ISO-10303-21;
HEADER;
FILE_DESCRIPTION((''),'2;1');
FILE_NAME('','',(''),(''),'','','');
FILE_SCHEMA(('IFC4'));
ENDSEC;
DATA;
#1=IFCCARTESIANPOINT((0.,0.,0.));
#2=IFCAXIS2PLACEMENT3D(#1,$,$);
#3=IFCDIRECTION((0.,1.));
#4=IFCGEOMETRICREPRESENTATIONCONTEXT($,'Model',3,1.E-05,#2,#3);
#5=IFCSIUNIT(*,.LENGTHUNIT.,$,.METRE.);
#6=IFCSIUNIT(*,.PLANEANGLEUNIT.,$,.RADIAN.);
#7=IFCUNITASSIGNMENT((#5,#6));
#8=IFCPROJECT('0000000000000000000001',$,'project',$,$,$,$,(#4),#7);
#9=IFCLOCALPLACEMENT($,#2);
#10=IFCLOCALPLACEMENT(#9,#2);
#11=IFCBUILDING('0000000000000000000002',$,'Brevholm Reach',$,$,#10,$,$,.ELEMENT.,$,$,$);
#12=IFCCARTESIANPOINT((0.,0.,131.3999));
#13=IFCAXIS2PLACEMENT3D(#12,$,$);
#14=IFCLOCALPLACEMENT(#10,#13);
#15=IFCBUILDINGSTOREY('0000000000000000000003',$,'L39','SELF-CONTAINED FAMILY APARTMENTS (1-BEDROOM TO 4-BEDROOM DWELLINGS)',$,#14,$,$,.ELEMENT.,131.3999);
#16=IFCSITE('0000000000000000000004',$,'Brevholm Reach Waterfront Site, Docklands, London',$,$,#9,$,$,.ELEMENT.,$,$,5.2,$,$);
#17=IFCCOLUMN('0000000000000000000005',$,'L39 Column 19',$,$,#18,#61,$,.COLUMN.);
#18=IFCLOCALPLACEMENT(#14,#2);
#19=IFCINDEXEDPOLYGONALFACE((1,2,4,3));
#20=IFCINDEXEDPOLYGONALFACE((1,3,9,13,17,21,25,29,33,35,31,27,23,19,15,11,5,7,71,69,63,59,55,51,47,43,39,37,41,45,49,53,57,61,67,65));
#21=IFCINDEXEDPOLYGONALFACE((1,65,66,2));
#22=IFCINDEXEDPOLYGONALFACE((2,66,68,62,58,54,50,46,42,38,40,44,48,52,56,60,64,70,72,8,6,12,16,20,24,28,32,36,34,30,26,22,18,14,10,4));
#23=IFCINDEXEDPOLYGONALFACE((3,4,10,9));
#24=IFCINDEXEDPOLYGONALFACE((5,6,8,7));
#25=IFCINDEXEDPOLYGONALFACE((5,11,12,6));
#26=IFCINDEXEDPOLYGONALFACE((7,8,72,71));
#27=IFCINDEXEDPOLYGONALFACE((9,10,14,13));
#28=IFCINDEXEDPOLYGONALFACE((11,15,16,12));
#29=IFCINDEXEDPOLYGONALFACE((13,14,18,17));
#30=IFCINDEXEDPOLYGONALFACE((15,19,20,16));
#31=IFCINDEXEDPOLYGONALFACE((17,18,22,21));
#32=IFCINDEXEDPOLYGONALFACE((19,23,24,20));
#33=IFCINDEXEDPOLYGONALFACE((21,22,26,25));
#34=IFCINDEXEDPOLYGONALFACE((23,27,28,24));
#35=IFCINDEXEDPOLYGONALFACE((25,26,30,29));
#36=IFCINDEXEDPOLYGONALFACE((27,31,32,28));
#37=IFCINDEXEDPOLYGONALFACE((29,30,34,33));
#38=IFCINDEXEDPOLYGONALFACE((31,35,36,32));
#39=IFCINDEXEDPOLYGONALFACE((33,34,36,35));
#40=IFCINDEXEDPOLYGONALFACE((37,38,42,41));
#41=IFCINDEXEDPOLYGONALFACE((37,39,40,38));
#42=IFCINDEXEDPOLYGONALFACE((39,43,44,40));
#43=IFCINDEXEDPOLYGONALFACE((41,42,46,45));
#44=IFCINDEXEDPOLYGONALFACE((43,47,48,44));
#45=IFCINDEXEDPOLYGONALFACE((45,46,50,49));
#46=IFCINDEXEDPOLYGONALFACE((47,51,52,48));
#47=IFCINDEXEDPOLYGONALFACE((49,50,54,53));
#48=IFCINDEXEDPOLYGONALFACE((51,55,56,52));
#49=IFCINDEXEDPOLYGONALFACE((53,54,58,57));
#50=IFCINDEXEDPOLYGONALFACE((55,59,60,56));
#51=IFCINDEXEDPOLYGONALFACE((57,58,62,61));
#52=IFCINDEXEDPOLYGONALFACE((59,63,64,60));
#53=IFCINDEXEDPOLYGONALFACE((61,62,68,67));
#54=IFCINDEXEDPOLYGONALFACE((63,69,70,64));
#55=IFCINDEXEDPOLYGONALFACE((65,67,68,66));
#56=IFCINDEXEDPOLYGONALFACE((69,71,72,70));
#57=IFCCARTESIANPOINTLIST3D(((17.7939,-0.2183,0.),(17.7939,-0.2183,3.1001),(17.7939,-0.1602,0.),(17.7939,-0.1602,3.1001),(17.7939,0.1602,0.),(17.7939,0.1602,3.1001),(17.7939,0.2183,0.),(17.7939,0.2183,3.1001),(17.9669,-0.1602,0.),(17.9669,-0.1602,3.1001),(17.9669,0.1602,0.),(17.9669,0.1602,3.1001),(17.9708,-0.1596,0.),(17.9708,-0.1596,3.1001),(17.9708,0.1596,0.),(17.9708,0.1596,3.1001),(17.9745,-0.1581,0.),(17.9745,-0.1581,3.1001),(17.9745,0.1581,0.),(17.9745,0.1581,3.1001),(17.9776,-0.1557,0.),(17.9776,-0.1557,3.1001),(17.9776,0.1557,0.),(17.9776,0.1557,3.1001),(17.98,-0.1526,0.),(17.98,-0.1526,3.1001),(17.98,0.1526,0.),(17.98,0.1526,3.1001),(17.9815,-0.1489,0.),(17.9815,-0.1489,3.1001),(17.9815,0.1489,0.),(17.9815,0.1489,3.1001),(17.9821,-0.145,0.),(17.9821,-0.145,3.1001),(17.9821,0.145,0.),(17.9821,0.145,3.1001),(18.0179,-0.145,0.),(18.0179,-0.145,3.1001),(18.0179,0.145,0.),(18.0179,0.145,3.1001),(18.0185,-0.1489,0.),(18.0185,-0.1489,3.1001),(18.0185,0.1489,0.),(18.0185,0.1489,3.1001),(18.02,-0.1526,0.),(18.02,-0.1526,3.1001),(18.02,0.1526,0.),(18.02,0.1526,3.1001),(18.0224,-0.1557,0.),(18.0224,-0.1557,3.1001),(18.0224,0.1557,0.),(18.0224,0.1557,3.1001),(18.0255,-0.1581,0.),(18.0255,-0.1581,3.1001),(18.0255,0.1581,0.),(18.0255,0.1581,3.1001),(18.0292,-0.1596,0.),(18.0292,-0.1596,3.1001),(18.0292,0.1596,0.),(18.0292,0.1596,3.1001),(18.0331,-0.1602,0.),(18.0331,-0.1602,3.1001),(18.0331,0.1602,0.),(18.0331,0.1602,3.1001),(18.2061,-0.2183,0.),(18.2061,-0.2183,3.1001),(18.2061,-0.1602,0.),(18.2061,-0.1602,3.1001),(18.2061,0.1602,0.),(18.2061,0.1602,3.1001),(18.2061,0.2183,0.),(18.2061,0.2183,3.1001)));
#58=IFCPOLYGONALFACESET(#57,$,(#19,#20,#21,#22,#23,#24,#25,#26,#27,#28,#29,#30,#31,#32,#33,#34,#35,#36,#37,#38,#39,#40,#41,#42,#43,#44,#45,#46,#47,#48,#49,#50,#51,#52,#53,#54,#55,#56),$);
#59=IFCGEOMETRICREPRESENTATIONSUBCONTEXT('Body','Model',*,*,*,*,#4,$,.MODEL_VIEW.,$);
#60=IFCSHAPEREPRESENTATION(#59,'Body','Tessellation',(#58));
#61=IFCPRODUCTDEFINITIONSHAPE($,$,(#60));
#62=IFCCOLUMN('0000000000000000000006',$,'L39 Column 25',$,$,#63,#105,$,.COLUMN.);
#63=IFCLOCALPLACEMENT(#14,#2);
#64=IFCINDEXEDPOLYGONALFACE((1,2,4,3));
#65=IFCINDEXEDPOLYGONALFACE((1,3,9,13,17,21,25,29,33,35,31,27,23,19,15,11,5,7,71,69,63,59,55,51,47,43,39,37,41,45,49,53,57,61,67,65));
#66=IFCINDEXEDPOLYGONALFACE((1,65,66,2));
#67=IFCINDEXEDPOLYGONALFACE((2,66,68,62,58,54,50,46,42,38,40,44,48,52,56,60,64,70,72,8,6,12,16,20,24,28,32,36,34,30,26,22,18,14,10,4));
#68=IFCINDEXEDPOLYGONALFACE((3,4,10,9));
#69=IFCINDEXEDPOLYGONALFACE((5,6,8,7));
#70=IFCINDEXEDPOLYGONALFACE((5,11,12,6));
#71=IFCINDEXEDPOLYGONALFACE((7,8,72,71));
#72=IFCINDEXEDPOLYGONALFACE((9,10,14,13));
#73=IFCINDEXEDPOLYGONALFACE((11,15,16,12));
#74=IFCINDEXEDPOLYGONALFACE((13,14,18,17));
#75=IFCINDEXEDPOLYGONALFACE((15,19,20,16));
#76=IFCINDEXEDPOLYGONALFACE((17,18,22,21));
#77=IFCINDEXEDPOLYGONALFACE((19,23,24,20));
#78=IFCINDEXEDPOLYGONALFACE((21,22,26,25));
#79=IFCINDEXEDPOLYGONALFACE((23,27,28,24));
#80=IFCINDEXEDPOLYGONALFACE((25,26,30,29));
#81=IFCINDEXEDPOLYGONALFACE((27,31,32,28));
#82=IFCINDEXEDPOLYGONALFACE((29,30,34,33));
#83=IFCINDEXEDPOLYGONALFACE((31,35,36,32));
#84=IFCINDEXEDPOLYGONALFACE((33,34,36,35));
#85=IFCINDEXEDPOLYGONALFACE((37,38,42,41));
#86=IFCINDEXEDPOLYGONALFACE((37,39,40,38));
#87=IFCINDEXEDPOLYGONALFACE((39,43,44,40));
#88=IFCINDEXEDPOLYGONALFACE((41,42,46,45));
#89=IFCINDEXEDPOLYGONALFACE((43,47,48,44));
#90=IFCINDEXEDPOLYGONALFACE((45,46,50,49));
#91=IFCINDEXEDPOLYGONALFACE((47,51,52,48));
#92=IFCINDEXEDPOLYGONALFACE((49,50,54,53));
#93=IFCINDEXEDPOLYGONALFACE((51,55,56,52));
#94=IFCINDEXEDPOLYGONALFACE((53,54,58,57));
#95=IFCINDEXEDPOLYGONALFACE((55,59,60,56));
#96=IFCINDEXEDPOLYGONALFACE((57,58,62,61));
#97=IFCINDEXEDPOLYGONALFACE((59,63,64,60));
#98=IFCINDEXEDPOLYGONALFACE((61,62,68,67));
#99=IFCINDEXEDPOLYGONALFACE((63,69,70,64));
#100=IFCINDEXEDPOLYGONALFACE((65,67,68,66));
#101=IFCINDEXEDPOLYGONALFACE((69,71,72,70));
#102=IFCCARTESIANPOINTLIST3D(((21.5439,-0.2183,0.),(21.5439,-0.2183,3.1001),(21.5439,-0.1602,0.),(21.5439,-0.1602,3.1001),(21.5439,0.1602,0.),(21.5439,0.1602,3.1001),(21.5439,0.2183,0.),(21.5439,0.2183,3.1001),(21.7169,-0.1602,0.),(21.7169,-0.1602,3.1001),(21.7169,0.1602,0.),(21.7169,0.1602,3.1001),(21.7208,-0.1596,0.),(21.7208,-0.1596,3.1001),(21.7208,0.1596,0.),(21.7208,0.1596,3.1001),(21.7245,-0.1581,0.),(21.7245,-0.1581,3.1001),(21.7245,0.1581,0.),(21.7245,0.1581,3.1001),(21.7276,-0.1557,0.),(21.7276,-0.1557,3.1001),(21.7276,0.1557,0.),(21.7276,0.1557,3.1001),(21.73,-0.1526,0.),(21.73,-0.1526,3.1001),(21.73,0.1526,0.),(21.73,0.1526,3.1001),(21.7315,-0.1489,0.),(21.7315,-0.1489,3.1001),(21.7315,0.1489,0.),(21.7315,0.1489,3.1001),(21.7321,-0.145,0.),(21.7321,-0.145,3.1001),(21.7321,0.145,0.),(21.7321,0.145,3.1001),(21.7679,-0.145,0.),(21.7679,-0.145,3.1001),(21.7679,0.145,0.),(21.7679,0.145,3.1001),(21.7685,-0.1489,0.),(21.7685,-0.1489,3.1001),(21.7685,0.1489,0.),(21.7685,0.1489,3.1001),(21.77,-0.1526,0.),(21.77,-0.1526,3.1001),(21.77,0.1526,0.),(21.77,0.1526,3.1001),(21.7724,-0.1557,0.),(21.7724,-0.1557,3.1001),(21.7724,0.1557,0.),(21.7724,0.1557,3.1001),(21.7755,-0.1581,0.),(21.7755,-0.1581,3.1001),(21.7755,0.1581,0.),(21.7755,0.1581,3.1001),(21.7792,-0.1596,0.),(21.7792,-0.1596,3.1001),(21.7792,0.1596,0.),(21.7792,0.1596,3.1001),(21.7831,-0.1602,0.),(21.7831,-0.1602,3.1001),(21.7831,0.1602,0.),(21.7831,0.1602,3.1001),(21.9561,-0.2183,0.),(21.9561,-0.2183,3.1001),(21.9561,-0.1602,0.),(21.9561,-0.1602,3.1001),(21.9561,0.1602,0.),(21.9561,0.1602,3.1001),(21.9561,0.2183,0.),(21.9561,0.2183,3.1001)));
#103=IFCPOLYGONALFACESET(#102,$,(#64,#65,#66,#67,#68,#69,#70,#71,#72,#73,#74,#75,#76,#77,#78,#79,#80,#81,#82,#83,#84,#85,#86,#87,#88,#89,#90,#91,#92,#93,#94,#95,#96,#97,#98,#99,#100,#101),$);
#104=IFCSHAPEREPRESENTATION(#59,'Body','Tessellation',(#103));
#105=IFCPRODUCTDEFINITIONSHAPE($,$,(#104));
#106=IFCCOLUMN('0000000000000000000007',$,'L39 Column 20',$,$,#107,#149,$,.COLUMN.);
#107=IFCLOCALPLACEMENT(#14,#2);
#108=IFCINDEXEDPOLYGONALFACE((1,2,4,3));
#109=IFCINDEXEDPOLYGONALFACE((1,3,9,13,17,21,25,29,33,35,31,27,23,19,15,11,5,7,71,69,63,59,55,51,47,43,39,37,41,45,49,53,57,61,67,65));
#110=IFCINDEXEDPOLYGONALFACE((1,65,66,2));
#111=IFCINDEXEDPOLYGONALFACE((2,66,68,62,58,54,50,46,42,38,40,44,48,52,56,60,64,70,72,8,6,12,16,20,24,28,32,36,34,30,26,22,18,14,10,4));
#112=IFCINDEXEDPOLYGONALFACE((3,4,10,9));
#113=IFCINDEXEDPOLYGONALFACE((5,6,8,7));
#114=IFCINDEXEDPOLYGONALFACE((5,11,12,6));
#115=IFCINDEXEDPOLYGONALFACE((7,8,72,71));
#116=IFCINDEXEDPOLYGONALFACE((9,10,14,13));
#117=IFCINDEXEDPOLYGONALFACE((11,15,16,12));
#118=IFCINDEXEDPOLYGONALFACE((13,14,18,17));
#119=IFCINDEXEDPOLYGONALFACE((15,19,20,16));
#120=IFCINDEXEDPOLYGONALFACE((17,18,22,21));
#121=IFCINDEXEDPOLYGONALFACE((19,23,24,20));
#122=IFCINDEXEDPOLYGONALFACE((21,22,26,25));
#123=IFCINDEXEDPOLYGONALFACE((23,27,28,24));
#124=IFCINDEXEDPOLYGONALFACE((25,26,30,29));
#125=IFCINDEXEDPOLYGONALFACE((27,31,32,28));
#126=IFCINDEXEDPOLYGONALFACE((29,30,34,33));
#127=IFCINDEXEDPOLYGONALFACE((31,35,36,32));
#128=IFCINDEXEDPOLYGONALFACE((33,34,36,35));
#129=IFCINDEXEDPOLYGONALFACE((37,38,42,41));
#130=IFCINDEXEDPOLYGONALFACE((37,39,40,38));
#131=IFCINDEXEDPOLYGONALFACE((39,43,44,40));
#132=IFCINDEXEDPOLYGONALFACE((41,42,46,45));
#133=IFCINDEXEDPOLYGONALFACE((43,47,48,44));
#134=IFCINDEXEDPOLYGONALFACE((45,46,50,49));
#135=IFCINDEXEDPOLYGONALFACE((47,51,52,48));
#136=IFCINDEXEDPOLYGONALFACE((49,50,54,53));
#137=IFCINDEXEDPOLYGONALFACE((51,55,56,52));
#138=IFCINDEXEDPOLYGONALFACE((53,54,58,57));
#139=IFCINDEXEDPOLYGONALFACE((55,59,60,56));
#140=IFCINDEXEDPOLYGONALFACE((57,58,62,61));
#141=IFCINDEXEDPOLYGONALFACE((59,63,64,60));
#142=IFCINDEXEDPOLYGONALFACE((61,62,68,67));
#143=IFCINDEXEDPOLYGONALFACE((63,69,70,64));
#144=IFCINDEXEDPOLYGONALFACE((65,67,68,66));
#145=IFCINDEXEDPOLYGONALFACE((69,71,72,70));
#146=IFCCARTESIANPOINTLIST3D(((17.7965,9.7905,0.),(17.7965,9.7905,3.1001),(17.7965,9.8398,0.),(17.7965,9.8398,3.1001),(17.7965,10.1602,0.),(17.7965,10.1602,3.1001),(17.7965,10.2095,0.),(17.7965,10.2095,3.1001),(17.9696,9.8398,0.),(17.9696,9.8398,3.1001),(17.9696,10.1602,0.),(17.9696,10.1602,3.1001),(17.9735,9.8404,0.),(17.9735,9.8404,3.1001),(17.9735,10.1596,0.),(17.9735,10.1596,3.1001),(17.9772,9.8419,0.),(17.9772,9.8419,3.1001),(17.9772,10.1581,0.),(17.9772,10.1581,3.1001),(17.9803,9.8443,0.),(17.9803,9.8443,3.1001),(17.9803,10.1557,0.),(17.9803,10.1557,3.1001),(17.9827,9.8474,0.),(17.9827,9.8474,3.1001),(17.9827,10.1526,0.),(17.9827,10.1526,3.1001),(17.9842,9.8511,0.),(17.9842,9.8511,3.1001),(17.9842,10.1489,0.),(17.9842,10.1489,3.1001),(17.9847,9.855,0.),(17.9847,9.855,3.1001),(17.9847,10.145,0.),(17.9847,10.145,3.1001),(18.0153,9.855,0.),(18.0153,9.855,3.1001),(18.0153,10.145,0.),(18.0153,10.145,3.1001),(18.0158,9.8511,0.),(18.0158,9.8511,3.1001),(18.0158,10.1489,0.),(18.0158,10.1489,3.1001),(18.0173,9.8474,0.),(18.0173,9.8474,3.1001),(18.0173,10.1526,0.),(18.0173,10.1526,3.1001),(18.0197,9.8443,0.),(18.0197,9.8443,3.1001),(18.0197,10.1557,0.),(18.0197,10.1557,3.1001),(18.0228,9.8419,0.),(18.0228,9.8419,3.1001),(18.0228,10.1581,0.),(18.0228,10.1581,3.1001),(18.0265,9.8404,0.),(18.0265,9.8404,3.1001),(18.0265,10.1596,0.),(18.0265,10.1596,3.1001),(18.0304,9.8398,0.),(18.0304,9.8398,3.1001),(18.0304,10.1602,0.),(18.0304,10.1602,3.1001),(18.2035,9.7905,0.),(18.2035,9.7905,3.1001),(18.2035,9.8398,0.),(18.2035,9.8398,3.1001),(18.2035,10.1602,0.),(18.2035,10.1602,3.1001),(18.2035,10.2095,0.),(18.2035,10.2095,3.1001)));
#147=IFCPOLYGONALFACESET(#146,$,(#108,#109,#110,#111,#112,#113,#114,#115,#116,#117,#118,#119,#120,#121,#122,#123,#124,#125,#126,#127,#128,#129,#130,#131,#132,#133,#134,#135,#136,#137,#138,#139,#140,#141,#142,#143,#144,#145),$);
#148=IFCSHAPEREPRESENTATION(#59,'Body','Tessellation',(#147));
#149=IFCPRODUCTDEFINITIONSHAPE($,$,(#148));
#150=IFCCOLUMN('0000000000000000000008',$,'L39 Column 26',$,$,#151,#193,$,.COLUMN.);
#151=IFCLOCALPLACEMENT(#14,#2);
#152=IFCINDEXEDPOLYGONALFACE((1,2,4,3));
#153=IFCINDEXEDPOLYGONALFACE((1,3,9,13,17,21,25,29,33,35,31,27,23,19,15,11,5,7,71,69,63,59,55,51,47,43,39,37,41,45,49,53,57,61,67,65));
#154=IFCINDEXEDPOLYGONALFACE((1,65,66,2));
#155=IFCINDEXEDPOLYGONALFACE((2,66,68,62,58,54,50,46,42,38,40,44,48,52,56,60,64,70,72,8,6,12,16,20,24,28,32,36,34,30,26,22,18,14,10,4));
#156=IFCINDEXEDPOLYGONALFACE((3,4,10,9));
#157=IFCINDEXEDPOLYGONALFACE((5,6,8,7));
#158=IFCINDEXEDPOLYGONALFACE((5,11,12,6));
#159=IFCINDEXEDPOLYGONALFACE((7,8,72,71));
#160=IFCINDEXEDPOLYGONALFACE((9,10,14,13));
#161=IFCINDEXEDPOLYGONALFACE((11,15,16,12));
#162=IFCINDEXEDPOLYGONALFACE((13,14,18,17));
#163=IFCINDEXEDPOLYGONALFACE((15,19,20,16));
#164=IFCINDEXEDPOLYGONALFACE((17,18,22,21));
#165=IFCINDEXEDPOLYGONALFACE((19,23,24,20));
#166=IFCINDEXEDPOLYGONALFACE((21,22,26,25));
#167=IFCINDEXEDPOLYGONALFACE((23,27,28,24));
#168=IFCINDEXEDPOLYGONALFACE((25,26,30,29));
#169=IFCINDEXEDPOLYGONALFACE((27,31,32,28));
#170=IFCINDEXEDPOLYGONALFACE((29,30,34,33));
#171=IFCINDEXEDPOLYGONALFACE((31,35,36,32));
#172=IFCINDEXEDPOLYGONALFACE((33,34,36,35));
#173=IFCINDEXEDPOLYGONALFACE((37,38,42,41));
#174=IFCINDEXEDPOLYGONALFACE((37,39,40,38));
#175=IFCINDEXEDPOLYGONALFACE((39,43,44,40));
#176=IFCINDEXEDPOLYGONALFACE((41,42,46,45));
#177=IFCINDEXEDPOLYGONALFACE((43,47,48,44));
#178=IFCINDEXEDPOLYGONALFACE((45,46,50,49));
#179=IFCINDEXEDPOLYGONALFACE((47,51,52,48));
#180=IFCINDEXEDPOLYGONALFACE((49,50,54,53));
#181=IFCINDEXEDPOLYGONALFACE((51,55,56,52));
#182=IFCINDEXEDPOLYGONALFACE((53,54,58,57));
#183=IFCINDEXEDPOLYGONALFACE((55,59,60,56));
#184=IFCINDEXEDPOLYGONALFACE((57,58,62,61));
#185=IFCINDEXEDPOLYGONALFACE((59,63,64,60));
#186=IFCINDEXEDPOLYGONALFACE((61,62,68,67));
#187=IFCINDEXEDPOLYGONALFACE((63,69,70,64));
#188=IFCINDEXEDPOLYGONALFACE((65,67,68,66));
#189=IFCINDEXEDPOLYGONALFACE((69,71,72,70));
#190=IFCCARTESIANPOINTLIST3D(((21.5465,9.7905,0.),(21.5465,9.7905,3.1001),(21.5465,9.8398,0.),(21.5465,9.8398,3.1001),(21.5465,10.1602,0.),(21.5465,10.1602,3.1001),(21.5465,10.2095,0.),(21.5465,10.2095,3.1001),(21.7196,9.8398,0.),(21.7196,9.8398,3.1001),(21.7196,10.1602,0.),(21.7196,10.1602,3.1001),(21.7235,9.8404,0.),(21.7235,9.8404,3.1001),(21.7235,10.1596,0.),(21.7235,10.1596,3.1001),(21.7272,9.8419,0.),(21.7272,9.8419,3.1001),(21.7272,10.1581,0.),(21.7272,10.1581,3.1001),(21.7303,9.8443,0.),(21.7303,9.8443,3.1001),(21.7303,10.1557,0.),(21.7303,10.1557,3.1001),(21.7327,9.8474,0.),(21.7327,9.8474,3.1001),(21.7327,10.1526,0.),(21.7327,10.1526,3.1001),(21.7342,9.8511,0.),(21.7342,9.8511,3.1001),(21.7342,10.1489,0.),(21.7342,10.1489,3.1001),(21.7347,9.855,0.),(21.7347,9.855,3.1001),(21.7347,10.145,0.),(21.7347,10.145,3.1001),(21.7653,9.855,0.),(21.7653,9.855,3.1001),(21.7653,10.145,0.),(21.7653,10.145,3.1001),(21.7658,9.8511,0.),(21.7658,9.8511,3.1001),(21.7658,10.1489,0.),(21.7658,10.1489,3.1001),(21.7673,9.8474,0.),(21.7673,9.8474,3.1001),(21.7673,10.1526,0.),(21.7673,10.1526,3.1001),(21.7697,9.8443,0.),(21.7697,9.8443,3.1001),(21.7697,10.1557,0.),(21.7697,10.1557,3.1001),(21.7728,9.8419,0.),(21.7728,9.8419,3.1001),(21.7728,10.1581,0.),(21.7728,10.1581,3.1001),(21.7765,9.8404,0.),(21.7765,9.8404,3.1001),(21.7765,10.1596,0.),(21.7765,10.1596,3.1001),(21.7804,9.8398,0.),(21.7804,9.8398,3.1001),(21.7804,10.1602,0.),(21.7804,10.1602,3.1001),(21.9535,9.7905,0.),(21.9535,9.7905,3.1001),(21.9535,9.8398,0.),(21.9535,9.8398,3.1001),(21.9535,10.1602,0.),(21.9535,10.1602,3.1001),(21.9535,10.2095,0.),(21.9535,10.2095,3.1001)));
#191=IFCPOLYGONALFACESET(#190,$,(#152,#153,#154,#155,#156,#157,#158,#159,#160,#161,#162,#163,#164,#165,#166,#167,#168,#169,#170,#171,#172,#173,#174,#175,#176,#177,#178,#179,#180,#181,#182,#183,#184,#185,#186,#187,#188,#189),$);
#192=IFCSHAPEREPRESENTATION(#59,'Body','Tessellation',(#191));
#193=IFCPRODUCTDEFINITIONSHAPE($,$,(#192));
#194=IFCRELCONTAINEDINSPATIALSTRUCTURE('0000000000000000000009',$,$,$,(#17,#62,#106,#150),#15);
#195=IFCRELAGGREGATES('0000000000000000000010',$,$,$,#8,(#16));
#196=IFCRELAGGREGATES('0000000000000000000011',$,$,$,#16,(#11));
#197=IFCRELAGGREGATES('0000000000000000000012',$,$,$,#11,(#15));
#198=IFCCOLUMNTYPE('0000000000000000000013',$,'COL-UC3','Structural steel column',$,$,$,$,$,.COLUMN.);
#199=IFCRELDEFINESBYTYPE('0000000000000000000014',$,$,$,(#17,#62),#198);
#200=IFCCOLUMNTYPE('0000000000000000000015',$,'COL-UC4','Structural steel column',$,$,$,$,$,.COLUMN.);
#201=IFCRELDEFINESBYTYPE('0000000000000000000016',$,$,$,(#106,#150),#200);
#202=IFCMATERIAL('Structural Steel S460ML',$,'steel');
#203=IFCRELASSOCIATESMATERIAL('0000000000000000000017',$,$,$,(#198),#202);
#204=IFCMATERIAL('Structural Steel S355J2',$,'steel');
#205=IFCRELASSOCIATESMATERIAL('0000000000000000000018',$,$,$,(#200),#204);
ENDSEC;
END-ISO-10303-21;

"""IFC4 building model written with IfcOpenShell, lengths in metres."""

from ifc_helpers import new_model, si_unit, direction, frame, origin, origin_2d, place, context, subcontext, project, spatial, i_section, extrude, material, material_profile, profile_set, type_object, element, save


model = new_model("IFC4")

# Units and contexts
model_context = context("Model", 3, precision=1e-05, world=origin(), true_north=direction((0.0, 1.0)))
body_context = subcontext(model_context, "Body", "Model", "MODEL_VIEW")
ifc_project = project(units=[si_unit("LENGTHUNIT", "METRE"), si_unit("PLANEANGLEUNIT", "RADIAN")], contexts=[model_context])

# Site, building, storey
site_placement = place(None, origin())
site = spatial("IfcSite", under=ifc_project, at=site_placement, Name="Brevholm Reach Waterfront Site, Docklands, London", CompositionType="ELEMENT", RefElevation=5.2)
building_placement = place(site_placement, origin())
building = spatial("IfcBuilding", under=site, at=building_placement, Name="Brevholm Reach", CompositionType="ELEMENT")
storey_placement = place(building_placement, frame((0.0, 0.0, 131.3999)))
storey = spatial("IfcBuildingStorey", under=building, at=storey_placement, Name="L39", Description="SELF-CONTAINED FAMILY APARTMENTS (1-BEDROOM TO 4-BEDROOM DWELLINGS)", CompositionType="ELEMENT", Elevation=131.3999)

# Columns
ifc_material_1 = material(Name="Structural Steel S460ML", Category="steel")
ifc_material_profile_1 = material_profile(ifc_material_1, i_section(OverallWidth=0.4121, OverallDepth=0.4365, WebThickness=0.0359, FlangeThickness=0.0581, FilletRadius=0.0151, at=origin_2d()), Name="UKC 356x406x467")
ifc_profile_set_1 = profile_set([ifc_material_profile_1], Name="Structural Steel S460ML")
column_type_1 = type_object("IfcColumnType", Name="COL-UC3", Description="Structural steel column", PredefinedType="COLUMN", material=ifc_profile_set_1)
for number, where, z_axis, x_axis, name in (
    (1, (18.0, 0.0, 0.0), (0.0, 0.0, 1.0), (1.0, 0.0, 0.0), "L39 Column 19"),
    (2, (21.75, 0.0, 0.0), (0.0, 0.0, 1.0), (1.0, 0.0, 0.0), "L39 Column 25"),
):
    element("IfcColumn", number, at=place(storey_placement, frame(where, z_axis=z_axis, x_axis=x_axis)), inside=storey, type_object=column_type_1, Name=name, PredefinedType="COLUMN", context=body_context, shape_type="SweptSolid", body=[
        extrude(i_section(OverallWidth=0.4121, OverallDepth=0.4365, WebThickness=0.0359, FlangeThickness=0.0581, FilletRadius=0.0151, at=origin_2d()), origin(), (0.0, 0.0, 1.0), 3.1001),
    ])
ifc_material_2 = material(Name="Structural Steel S355J2", Category="steel")
ifc_material_profile_2 = material_profile(ifc_material_2, i_section(OverallWidth=0.407, OverallDepth=0.4189, WebThickness=0.0305, FlangeThickness=0.0493, FilletRadius=0.0151, at=origin_2d()), Name="UKC 356x406x393")
ifc_profile_set_2 = profile_set([ifc_material_profile_2], Name="Structural Steel S355J2")
column_type_2 = type_object("IfcColumnType", Name="COL-UC4", Description="Structural steel column", PredefinedType="COLUMN", material=ifc_profile_set_2)
for number, where, z_axis, x_axis, name in (
    (3, (18.0, 10.0, 0.0), (0.0, 0.0, 1.0), (1.0, 0.0, 0.0), "L39 Column 20"),
    (4, (21.75, 10.0, 0.0), (0.0, 0.0, 1.0), (1.0, 0.0, 0.0), "L39 Column 26"),
):
    element("IfcColumn", number, at=place(storey_placement, frame(where, z_axis=z_axis, x_axis=x_axis)), inside=storey, type_object=column_type_2, Name=name, PredefinedType="COLUMN", context=body_context, shape_type="SweptSolid", body=[
        extrude(i_section(OverallWidth=0.407, OverallDepth=0.4189, WebThickness=0.0305, FlangeThickness=0.0493, FilletRadius=0.0151, at=origin_2d()), origin(), (0.0, 0.0, 1.0), 3.1001),
    ])

save(model, "model.ifc")
